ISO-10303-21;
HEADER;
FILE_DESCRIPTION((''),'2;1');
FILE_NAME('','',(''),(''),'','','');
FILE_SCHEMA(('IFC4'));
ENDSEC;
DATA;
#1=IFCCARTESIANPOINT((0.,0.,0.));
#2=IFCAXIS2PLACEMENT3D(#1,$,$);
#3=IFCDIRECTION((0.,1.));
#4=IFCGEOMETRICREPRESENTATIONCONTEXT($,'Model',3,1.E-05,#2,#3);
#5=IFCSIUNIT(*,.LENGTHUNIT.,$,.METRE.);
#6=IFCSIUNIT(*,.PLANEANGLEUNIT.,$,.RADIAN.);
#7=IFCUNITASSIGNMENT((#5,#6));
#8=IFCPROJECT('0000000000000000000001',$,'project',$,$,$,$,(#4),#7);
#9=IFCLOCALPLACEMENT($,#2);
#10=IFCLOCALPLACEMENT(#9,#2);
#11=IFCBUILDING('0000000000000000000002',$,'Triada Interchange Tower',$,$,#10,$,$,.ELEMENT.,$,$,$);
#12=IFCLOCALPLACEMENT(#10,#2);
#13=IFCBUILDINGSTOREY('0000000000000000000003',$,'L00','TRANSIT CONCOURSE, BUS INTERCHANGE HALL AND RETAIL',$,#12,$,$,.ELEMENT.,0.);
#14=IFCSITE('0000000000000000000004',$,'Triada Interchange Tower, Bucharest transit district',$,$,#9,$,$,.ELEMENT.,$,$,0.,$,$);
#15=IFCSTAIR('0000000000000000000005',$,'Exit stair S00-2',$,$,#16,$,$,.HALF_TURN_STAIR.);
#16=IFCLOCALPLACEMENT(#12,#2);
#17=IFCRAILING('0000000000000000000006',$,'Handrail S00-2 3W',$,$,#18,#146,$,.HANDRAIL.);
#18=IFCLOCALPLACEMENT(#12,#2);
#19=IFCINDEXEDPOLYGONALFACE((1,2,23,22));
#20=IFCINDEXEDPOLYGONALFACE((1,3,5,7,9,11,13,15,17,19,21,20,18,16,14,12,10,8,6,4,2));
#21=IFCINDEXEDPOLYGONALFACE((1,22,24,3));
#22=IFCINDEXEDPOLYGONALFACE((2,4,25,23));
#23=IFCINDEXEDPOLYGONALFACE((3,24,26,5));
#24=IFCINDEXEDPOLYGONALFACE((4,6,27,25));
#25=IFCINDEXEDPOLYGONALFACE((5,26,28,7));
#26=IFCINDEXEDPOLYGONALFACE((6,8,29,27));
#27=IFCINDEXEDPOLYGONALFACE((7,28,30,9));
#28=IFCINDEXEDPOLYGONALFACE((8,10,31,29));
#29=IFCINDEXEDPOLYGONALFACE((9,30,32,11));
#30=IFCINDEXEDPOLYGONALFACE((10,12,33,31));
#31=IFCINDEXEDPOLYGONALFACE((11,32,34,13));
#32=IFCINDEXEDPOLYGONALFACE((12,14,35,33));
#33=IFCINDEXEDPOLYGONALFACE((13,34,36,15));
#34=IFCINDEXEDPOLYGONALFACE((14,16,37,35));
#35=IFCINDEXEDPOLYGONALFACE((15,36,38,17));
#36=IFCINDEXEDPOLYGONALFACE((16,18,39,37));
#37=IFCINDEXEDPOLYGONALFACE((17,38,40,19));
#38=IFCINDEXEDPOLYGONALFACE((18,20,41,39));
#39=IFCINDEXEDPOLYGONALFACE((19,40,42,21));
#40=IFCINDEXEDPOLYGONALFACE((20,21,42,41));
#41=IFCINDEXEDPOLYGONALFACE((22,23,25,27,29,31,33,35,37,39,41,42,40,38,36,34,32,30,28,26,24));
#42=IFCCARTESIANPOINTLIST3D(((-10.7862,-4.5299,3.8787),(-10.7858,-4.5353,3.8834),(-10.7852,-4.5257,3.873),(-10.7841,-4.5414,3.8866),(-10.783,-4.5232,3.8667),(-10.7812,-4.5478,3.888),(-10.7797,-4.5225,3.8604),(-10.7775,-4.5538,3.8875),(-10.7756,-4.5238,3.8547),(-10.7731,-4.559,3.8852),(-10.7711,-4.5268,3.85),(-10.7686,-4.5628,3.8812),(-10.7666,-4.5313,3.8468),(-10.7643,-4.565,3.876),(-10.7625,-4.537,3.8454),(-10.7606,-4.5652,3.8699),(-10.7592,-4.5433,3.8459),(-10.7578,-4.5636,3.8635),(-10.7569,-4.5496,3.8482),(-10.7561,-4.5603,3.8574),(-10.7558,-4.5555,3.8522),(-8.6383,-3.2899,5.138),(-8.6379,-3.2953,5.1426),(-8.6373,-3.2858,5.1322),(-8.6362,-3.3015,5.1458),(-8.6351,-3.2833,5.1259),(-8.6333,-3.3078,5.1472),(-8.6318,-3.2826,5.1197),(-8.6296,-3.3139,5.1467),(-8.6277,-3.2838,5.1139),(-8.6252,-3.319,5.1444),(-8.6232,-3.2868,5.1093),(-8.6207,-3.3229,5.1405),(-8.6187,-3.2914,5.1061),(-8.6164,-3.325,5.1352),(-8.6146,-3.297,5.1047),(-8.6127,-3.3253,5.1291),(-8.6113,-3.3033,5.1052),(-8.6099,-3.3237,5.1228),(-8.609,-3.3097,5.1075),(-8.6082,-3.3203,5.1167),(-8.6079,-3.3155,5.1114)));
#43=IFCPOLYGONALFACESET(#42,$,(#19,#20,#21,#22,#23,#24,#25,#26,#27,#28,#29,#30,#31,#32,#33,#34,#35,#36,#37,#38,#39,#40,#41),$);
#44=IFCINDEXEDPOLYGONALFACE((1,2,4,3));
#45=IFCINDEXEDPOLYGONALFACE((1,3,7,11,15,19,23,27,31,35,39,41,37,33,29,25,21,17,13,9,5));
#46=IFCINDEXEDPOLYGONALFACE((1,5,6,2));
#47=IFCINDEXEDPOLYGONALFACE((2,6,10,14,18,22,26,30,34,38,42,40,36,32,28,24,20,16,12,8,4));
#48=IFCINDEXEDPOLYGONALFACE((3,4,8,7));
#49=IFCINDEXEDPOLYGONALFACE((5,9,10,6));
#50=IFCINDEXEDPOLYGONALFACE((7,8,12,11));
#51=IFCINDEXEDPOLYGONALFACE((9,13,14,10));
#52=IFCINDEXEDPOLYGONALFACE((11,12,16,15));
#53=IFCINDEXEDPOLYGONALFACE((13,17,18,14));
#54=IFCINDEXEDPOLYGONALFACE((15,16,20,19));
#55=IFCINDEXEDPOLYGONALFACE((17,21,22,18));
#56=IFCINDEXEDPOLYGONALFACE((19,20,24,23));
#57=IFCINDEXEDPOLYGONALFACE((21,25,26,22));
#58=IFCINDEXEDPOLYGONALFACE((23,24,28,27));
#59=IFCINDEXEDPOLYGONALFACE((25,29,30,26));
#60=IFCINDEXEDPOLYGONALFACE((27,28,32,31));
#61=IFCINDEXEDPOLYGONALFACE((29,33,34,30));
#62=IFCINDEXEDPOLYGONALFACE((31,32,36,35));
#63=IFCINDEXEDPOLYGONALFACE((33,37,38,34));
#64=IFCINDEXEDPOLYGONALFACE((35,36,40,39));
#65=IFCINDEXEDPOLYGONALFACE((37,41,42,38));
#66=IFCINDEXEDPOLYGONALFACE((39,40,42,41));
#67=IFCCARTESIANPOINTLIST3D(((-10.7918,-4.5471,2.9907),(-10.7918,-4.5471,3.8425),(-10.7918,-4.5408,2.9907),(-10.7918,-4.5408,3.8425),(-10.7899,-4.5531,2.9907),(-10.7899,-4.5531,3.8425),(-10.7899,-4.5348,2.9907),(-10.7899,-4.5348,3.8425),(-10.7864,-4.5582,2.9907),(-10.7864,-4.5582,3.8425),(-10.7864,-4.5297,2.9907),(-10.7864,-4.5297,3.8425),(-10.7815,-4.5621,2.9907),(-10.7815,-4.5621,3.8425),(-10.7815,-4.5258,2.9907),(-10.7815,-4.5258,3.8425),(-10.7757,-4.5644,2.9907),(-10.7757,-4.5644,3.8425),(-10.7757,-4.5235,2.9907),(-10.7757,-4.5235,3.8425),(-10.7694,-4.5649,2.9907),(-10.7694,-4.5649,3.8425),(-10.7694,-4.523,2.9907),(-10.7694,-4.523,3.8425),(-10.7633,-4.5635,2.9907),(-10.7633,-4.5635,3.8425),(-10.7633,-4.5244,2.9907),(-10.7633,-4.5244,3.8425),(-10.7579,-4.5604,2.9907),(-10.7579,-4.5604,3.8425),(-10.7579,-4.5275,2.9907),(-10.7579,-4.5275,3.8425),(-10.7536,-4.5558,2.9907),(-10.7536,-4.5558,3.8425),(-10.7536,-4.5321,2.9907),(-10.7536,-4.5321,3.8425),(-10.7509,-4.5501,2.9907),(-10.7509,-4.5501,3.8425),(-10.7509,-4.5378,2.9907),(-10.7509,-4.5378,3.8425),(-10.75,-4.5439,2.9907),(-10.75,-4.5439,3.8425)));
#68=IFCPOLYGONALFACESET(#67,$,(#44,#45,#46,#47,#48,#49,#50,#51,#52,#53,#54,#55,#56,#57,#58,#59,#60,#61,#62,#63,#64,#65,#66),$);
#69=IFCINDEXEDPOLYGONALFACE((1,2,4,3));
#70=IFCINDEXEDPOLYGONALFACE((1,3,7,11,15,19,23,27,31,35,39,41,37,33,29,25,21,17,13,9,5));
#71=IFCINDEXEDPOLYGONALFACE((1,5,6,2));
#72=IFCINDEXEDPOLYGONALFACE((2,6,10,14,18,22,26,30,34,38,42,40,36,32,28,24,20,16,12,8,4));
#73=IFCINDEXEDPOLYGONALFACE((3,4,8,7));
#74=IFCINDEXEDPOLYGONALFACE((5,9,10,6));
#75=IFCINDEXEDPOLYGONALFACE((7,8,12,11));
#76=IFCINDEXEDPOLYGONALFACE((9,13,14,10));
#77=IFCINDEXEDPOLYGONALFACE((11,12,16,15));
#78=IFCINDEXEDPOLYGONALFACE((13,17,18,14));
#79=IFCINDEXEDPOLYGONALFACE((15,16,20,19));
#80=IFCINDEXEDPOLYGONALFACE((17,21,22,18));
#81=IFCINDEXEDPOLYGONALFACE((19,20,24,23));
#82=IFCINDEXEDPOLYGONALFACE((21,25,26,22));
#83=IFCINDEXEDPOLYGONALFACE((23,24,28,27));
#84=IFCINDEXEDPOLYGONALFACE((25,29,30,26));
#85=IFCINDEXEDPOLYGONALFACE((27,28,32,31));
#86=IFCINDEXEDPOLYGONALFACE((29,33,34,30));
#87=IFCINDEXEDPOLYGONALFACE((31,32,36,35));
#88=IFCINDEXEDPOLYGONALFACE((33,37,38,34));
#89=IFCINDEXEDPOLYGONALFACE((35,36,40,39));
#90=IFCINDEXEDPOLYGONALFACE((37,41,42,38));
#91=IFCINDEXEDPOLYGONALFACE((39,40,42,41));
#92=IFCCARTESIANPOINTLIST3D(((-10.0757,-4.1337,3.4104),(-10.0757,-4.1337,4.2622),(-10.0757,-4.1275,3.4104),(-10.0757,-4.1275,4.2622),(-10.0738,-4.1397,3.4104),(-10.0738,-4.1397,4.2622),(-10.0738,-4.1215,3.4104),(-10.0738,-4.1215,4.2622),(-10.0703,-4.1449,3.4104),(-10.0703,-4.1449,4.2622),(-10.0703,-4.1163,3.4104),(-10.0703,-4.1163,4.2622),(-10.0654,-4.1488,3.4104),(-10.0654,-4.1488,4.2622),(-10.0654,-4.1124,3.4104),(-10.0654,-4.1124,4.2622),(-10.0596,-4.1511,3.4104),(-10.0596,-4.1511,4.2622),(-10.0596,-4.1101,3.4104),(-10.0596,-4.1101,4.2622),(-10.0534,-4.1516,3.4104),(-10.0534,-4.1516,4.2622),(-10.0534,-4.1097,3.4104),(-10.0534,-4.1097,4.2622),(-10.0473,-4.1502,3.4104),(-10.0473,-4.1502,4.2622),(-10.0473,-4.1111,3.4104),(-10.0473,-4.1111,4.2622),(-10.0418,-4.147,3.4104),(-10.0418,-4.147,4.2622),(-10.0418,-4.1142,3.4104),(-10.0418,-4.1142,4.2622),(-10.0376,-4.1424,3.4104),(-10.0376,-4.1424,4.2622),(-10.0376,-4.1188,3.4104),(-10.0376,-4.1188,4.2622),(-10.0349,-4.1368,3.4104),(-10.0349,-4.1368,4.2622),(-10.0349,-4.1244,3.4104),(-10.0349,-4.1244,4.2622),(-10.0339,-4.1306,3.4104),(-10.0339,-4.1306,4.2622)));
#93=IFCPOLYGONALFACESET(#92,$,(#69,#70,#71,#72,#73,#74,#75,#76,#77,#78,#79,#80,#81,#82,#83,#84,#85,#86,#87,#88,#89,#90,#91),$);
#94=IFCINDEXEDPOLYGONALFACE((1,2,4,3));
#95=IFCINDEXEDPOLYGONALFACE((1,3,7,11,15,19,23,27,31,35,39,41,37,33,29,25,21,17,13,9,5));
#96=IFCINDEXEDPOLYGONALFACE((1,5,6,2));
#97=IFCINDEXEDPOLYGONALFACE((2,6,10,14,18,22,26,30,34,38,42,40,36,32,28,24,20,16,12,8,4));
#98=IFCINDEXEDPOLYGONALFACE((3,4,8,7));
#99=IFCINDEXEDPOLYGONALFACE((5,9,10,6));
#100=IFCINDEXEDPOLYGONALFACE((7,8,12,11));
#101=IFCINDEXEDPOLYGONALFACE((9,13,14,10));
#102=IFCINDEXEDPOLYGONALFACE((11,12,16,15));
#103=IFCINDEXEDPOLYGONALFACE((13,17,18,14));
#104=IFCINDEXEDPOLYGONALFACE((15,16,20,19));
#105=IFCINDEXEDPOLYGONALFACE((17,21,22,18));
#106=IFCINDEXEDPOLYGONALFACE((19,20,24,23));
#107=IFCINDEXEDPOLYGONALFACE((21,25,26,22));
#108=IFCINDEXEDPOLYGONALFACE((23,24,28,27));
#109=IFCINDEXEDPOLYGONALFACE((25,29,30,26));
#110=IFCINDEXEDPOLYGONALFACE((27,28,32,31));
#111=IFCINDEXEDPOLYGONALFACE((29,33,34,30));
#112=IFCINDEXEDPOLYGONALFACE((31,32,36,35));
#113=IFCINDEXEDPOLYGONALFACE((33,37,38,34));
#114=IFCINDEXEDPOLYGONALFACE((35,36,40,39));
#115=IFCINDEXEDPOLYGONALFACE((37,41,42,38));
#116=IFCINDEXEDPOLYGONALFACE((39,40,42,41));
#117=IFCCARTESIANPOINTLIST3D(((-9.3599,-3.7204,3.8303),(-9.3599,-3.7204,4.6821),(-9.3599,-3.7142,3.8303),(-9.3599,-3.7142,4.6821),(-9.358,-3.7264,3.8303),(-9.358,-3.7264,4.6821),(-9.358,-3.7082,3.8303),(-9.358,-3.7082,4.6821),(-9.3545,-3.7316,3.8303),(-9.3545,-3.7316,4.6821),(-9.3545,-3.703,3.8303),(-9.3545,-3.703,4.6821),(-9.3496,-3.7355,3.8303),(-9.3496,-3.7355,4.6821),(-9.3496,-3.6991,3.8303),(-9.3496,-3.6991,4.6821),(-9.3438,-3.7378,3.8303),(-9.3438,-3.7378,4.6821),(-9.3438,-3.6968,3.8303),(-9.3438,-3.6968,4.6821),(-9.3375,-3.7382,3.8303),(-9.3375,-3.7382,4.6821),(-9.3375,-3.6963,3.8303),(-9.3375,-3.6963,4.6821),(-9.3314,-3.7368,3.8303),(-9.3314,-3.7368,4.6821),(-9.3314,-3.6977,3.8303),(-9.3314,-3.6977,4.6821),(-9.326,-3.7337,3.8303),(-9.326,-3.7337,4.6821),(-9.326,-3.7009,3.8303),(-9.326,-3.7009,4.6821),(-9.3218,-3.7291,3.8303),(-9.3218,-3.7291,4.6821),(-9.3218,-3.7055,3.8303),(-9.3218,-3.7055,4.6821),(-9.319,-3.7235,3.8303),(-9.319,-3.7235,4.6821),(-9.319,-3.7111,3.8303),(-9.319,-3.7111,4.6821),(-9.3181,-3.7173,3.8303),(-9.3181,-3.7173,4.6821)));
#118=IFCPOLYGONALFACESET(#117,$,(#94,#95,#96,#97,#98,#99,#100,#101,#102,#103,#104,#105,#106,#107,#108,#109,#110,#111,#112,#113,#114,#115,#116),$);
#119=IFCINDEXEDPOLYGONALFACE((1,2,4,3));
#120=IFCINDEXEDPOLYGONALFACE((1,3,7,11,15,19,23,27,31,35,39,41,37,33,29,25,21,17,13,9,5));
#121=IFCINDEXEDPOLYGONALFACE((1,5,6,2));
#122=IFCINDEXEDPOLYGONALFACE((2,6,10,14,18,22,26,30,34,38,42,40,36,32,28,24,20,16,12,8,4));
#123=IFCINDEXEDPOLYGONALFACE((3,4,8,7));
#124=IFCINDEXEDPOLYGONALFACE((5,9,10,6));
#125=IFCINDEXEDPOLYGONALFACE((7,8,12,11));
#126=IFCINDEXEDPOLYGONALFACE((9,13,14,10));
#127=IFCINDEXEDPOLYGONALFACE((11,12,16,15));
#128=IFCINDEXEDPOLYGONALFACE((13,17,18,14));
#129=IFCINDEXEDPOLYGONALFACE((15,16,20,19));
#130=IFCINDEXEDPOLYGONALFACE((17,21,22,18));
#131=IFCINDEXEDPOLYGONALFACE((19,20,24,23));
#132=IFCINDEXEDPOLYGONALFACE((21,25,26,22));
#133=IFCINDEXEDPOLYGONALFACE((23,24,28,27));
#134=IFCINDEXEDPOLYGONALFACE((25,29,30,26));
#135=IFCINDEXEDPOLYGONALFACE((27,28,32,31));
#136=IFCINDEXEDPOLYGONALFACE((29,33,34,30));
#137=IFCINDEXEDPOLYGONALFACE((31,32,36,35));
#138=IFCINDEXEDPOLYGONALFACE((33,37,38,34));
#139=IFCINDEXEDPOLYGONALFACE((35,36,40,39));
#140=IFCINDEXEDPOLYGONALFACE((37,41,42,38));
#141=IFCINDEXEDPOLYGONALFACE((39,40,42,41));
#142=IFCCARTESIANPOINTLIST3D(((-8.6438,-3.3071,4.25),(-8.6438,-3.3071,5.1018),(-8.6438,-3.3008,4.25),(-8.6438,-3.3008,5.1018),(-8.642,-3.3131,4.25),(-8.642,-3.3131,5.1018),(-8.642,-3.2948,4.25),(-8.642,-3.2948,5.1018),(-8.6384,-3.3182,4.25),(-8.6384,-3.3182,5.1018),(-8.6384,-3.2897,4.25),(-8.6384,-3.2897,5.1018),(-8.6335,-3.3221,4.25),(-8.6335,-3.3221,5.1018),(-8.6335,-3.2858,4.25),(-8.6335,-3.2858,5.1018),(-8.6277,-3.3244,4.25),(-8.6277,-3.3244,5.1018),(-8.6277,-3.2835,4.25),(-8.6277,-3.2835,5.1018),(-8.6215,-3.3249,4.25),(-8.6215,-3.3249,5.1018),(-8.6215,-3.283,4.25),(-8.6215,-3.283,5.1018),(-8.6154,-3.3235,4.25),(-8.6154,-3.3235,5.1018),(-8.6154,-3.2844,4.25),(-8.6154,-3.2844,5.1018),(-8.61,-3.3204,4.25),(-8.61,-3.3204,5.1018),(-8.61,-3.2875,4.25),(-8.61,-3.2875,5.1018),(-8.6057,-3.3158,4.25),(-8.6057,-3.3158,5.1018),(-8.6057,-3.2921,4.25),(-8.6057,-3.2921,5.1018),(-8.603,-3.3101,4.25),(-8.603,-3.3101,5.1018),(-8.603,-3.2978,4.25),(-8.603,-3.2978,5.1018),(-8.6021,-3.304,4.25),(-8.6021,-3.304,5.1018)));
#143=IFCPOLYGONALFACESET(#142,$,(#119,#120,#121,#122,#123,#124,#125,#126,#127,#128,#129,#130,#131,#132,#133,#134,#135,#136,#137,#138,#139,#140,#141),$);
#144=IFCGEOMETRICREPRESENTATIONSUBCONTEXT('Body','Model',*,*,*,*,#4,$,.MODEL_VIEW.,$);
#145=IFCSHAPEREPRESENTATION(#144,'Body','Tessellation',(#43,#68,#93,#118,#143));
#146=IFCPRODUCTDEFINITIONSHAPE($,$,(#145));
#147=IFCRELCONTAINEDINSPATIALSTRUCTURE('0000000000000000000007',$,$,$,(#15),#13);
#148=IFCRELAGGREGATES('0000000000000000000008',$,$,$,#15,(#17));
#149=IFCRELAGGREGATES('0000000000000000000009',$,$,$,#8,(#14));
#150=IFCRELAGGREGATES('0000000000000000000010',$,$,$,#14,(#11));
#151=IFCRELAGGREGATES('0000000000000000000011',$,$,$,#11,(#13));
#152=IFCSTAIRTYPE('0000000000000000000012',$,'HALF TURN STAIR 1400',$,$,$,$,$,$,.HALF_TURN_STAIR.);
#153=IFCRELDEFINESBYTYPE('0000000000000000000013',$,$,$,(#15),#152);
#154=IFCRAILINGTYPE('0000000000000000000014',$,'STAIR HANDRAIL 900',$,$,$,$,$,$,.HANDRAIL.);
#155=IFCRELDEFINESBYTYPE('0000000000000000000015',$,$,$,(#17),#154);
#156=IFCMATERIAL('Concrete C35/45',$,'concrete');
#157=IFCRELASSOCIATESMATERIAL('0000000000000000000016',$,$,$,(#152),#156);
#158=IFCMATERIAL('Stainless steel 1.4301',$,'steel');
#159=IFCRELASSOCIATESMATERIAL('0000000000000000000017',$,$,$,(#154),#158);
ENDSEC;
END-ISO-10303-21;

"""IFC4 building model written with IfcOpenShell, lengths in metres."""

from ifc_helpers import new_model, si_unit, direction, frame, origin, origin_2d, place, context, subcontext, project, spatial, circle, extrude, material, type_object, element, aggregate, save


model = new_model("IFC4")

# Units and contexts
model_context = context("Model", 3, precision=1e-05, world=origin(), true_north=direction((0.0, 1.0)))
body_context = subcontext(model_context, "Body", "Model", "MODEL_VIEW")
ifc_project = project(units=[si_unit("LENGTHUNIT", "METRE"), si_unit("PLANEANGLEUNIT", "RADIAN")], contexts=[model_context])

# Site, building, storey
site_placement = place(None, origin())
site = spatial("IfcSite", under=ifc_project, at=site_placement, Name="Triada Interchange Tower, Bucharest transit district", CompositionType="ELEMENT", RefElevation=0.0)
building_placement = place(site_placement, origin())
building = spatial("IfcBuilding", under=site, at=building_placement, Name="Triada Interchange Tower", CompositionType="ELEMENT")
storey_placement = place(building_placement, origin())
storey = spatial("IfcBuildingStorey", under=building, at=storey_placement, Name="L00", Description="TRANSIT CONCOURSE, BUS INTERCHANGE HALL AND RETAIL", CompositionType="ELEMENT", Elevation=0.0)

# Shared definitions
ifc_material_1 = material(Name="Concrete C35/45", Category="concrete")

# Stair, railing
stair_type = type_object("IfcStairType", Name="HALF TURN STAIR 1400", PredefinedType="HALF_TURN_STAIR", material=ifc_material_1)
stair_placement = place(storey_placement, origin())
stair = element("IfcStair", 1, at=stair_placement, inside=storey, type_object=stair_type, Name="Exit stair S00-2", PredefinedType="HALF_TURN_STAIR")
ifc_material_2 = material(Name="Stainless steel 1.4301", Category="steel")
railing_type_1 = type_object("IfcRailingType", Name="STAIR HANDRAIL 900", PredefinedType="HANDRAIL", material=ifc_material_2)
railing_1_placement = place(storey_placement, frame((-10.771, -4.5439, 2.9907)))
railing_1 = element("IfcRailing", 2, at=railing_1_placement, type_object=railing_type_1, Name="Handrail S00-2 3W", PredefinedType="HANDRAIL", context=body_context, shape_type="SweptSolid", body=[
    extrude(circle(Radius=0.0239, at=origin_2d()), frame((0.0, 0.0, 0.876), z_axis=(0.772212, 0.445791, 0.452724), x_axis=(-0.499961, 0.866048, 0.0)), (0.0, 0.0, 1.0), 2.7815),
    extrude(circle(Radius=0.021, at=origin_2d()), origin(), (0.0, 0.0, 1.0), 0.8518),
    extrude(circle(Radius=0.021, at=origin_2d()), frame((0.7161, 0.4133, 0.4197)), (0.0, 0.0, 1.0), 0.8518),
    extrude(circle(Radius=0.021, at=origin_2d()), frame((1.4319, 0.8267, 0.8396)), (0.0, 0.0, 1.0), 0.8518),
    extrude(circle(Radius=0.021, at=origin_2d()), frame((2.1479, 1.24, 1.2593)), (0.0, 0.0, 1.0), 0.8518),
])
aggregate(stair, [railing_1])

save(model, "model.ifc")
